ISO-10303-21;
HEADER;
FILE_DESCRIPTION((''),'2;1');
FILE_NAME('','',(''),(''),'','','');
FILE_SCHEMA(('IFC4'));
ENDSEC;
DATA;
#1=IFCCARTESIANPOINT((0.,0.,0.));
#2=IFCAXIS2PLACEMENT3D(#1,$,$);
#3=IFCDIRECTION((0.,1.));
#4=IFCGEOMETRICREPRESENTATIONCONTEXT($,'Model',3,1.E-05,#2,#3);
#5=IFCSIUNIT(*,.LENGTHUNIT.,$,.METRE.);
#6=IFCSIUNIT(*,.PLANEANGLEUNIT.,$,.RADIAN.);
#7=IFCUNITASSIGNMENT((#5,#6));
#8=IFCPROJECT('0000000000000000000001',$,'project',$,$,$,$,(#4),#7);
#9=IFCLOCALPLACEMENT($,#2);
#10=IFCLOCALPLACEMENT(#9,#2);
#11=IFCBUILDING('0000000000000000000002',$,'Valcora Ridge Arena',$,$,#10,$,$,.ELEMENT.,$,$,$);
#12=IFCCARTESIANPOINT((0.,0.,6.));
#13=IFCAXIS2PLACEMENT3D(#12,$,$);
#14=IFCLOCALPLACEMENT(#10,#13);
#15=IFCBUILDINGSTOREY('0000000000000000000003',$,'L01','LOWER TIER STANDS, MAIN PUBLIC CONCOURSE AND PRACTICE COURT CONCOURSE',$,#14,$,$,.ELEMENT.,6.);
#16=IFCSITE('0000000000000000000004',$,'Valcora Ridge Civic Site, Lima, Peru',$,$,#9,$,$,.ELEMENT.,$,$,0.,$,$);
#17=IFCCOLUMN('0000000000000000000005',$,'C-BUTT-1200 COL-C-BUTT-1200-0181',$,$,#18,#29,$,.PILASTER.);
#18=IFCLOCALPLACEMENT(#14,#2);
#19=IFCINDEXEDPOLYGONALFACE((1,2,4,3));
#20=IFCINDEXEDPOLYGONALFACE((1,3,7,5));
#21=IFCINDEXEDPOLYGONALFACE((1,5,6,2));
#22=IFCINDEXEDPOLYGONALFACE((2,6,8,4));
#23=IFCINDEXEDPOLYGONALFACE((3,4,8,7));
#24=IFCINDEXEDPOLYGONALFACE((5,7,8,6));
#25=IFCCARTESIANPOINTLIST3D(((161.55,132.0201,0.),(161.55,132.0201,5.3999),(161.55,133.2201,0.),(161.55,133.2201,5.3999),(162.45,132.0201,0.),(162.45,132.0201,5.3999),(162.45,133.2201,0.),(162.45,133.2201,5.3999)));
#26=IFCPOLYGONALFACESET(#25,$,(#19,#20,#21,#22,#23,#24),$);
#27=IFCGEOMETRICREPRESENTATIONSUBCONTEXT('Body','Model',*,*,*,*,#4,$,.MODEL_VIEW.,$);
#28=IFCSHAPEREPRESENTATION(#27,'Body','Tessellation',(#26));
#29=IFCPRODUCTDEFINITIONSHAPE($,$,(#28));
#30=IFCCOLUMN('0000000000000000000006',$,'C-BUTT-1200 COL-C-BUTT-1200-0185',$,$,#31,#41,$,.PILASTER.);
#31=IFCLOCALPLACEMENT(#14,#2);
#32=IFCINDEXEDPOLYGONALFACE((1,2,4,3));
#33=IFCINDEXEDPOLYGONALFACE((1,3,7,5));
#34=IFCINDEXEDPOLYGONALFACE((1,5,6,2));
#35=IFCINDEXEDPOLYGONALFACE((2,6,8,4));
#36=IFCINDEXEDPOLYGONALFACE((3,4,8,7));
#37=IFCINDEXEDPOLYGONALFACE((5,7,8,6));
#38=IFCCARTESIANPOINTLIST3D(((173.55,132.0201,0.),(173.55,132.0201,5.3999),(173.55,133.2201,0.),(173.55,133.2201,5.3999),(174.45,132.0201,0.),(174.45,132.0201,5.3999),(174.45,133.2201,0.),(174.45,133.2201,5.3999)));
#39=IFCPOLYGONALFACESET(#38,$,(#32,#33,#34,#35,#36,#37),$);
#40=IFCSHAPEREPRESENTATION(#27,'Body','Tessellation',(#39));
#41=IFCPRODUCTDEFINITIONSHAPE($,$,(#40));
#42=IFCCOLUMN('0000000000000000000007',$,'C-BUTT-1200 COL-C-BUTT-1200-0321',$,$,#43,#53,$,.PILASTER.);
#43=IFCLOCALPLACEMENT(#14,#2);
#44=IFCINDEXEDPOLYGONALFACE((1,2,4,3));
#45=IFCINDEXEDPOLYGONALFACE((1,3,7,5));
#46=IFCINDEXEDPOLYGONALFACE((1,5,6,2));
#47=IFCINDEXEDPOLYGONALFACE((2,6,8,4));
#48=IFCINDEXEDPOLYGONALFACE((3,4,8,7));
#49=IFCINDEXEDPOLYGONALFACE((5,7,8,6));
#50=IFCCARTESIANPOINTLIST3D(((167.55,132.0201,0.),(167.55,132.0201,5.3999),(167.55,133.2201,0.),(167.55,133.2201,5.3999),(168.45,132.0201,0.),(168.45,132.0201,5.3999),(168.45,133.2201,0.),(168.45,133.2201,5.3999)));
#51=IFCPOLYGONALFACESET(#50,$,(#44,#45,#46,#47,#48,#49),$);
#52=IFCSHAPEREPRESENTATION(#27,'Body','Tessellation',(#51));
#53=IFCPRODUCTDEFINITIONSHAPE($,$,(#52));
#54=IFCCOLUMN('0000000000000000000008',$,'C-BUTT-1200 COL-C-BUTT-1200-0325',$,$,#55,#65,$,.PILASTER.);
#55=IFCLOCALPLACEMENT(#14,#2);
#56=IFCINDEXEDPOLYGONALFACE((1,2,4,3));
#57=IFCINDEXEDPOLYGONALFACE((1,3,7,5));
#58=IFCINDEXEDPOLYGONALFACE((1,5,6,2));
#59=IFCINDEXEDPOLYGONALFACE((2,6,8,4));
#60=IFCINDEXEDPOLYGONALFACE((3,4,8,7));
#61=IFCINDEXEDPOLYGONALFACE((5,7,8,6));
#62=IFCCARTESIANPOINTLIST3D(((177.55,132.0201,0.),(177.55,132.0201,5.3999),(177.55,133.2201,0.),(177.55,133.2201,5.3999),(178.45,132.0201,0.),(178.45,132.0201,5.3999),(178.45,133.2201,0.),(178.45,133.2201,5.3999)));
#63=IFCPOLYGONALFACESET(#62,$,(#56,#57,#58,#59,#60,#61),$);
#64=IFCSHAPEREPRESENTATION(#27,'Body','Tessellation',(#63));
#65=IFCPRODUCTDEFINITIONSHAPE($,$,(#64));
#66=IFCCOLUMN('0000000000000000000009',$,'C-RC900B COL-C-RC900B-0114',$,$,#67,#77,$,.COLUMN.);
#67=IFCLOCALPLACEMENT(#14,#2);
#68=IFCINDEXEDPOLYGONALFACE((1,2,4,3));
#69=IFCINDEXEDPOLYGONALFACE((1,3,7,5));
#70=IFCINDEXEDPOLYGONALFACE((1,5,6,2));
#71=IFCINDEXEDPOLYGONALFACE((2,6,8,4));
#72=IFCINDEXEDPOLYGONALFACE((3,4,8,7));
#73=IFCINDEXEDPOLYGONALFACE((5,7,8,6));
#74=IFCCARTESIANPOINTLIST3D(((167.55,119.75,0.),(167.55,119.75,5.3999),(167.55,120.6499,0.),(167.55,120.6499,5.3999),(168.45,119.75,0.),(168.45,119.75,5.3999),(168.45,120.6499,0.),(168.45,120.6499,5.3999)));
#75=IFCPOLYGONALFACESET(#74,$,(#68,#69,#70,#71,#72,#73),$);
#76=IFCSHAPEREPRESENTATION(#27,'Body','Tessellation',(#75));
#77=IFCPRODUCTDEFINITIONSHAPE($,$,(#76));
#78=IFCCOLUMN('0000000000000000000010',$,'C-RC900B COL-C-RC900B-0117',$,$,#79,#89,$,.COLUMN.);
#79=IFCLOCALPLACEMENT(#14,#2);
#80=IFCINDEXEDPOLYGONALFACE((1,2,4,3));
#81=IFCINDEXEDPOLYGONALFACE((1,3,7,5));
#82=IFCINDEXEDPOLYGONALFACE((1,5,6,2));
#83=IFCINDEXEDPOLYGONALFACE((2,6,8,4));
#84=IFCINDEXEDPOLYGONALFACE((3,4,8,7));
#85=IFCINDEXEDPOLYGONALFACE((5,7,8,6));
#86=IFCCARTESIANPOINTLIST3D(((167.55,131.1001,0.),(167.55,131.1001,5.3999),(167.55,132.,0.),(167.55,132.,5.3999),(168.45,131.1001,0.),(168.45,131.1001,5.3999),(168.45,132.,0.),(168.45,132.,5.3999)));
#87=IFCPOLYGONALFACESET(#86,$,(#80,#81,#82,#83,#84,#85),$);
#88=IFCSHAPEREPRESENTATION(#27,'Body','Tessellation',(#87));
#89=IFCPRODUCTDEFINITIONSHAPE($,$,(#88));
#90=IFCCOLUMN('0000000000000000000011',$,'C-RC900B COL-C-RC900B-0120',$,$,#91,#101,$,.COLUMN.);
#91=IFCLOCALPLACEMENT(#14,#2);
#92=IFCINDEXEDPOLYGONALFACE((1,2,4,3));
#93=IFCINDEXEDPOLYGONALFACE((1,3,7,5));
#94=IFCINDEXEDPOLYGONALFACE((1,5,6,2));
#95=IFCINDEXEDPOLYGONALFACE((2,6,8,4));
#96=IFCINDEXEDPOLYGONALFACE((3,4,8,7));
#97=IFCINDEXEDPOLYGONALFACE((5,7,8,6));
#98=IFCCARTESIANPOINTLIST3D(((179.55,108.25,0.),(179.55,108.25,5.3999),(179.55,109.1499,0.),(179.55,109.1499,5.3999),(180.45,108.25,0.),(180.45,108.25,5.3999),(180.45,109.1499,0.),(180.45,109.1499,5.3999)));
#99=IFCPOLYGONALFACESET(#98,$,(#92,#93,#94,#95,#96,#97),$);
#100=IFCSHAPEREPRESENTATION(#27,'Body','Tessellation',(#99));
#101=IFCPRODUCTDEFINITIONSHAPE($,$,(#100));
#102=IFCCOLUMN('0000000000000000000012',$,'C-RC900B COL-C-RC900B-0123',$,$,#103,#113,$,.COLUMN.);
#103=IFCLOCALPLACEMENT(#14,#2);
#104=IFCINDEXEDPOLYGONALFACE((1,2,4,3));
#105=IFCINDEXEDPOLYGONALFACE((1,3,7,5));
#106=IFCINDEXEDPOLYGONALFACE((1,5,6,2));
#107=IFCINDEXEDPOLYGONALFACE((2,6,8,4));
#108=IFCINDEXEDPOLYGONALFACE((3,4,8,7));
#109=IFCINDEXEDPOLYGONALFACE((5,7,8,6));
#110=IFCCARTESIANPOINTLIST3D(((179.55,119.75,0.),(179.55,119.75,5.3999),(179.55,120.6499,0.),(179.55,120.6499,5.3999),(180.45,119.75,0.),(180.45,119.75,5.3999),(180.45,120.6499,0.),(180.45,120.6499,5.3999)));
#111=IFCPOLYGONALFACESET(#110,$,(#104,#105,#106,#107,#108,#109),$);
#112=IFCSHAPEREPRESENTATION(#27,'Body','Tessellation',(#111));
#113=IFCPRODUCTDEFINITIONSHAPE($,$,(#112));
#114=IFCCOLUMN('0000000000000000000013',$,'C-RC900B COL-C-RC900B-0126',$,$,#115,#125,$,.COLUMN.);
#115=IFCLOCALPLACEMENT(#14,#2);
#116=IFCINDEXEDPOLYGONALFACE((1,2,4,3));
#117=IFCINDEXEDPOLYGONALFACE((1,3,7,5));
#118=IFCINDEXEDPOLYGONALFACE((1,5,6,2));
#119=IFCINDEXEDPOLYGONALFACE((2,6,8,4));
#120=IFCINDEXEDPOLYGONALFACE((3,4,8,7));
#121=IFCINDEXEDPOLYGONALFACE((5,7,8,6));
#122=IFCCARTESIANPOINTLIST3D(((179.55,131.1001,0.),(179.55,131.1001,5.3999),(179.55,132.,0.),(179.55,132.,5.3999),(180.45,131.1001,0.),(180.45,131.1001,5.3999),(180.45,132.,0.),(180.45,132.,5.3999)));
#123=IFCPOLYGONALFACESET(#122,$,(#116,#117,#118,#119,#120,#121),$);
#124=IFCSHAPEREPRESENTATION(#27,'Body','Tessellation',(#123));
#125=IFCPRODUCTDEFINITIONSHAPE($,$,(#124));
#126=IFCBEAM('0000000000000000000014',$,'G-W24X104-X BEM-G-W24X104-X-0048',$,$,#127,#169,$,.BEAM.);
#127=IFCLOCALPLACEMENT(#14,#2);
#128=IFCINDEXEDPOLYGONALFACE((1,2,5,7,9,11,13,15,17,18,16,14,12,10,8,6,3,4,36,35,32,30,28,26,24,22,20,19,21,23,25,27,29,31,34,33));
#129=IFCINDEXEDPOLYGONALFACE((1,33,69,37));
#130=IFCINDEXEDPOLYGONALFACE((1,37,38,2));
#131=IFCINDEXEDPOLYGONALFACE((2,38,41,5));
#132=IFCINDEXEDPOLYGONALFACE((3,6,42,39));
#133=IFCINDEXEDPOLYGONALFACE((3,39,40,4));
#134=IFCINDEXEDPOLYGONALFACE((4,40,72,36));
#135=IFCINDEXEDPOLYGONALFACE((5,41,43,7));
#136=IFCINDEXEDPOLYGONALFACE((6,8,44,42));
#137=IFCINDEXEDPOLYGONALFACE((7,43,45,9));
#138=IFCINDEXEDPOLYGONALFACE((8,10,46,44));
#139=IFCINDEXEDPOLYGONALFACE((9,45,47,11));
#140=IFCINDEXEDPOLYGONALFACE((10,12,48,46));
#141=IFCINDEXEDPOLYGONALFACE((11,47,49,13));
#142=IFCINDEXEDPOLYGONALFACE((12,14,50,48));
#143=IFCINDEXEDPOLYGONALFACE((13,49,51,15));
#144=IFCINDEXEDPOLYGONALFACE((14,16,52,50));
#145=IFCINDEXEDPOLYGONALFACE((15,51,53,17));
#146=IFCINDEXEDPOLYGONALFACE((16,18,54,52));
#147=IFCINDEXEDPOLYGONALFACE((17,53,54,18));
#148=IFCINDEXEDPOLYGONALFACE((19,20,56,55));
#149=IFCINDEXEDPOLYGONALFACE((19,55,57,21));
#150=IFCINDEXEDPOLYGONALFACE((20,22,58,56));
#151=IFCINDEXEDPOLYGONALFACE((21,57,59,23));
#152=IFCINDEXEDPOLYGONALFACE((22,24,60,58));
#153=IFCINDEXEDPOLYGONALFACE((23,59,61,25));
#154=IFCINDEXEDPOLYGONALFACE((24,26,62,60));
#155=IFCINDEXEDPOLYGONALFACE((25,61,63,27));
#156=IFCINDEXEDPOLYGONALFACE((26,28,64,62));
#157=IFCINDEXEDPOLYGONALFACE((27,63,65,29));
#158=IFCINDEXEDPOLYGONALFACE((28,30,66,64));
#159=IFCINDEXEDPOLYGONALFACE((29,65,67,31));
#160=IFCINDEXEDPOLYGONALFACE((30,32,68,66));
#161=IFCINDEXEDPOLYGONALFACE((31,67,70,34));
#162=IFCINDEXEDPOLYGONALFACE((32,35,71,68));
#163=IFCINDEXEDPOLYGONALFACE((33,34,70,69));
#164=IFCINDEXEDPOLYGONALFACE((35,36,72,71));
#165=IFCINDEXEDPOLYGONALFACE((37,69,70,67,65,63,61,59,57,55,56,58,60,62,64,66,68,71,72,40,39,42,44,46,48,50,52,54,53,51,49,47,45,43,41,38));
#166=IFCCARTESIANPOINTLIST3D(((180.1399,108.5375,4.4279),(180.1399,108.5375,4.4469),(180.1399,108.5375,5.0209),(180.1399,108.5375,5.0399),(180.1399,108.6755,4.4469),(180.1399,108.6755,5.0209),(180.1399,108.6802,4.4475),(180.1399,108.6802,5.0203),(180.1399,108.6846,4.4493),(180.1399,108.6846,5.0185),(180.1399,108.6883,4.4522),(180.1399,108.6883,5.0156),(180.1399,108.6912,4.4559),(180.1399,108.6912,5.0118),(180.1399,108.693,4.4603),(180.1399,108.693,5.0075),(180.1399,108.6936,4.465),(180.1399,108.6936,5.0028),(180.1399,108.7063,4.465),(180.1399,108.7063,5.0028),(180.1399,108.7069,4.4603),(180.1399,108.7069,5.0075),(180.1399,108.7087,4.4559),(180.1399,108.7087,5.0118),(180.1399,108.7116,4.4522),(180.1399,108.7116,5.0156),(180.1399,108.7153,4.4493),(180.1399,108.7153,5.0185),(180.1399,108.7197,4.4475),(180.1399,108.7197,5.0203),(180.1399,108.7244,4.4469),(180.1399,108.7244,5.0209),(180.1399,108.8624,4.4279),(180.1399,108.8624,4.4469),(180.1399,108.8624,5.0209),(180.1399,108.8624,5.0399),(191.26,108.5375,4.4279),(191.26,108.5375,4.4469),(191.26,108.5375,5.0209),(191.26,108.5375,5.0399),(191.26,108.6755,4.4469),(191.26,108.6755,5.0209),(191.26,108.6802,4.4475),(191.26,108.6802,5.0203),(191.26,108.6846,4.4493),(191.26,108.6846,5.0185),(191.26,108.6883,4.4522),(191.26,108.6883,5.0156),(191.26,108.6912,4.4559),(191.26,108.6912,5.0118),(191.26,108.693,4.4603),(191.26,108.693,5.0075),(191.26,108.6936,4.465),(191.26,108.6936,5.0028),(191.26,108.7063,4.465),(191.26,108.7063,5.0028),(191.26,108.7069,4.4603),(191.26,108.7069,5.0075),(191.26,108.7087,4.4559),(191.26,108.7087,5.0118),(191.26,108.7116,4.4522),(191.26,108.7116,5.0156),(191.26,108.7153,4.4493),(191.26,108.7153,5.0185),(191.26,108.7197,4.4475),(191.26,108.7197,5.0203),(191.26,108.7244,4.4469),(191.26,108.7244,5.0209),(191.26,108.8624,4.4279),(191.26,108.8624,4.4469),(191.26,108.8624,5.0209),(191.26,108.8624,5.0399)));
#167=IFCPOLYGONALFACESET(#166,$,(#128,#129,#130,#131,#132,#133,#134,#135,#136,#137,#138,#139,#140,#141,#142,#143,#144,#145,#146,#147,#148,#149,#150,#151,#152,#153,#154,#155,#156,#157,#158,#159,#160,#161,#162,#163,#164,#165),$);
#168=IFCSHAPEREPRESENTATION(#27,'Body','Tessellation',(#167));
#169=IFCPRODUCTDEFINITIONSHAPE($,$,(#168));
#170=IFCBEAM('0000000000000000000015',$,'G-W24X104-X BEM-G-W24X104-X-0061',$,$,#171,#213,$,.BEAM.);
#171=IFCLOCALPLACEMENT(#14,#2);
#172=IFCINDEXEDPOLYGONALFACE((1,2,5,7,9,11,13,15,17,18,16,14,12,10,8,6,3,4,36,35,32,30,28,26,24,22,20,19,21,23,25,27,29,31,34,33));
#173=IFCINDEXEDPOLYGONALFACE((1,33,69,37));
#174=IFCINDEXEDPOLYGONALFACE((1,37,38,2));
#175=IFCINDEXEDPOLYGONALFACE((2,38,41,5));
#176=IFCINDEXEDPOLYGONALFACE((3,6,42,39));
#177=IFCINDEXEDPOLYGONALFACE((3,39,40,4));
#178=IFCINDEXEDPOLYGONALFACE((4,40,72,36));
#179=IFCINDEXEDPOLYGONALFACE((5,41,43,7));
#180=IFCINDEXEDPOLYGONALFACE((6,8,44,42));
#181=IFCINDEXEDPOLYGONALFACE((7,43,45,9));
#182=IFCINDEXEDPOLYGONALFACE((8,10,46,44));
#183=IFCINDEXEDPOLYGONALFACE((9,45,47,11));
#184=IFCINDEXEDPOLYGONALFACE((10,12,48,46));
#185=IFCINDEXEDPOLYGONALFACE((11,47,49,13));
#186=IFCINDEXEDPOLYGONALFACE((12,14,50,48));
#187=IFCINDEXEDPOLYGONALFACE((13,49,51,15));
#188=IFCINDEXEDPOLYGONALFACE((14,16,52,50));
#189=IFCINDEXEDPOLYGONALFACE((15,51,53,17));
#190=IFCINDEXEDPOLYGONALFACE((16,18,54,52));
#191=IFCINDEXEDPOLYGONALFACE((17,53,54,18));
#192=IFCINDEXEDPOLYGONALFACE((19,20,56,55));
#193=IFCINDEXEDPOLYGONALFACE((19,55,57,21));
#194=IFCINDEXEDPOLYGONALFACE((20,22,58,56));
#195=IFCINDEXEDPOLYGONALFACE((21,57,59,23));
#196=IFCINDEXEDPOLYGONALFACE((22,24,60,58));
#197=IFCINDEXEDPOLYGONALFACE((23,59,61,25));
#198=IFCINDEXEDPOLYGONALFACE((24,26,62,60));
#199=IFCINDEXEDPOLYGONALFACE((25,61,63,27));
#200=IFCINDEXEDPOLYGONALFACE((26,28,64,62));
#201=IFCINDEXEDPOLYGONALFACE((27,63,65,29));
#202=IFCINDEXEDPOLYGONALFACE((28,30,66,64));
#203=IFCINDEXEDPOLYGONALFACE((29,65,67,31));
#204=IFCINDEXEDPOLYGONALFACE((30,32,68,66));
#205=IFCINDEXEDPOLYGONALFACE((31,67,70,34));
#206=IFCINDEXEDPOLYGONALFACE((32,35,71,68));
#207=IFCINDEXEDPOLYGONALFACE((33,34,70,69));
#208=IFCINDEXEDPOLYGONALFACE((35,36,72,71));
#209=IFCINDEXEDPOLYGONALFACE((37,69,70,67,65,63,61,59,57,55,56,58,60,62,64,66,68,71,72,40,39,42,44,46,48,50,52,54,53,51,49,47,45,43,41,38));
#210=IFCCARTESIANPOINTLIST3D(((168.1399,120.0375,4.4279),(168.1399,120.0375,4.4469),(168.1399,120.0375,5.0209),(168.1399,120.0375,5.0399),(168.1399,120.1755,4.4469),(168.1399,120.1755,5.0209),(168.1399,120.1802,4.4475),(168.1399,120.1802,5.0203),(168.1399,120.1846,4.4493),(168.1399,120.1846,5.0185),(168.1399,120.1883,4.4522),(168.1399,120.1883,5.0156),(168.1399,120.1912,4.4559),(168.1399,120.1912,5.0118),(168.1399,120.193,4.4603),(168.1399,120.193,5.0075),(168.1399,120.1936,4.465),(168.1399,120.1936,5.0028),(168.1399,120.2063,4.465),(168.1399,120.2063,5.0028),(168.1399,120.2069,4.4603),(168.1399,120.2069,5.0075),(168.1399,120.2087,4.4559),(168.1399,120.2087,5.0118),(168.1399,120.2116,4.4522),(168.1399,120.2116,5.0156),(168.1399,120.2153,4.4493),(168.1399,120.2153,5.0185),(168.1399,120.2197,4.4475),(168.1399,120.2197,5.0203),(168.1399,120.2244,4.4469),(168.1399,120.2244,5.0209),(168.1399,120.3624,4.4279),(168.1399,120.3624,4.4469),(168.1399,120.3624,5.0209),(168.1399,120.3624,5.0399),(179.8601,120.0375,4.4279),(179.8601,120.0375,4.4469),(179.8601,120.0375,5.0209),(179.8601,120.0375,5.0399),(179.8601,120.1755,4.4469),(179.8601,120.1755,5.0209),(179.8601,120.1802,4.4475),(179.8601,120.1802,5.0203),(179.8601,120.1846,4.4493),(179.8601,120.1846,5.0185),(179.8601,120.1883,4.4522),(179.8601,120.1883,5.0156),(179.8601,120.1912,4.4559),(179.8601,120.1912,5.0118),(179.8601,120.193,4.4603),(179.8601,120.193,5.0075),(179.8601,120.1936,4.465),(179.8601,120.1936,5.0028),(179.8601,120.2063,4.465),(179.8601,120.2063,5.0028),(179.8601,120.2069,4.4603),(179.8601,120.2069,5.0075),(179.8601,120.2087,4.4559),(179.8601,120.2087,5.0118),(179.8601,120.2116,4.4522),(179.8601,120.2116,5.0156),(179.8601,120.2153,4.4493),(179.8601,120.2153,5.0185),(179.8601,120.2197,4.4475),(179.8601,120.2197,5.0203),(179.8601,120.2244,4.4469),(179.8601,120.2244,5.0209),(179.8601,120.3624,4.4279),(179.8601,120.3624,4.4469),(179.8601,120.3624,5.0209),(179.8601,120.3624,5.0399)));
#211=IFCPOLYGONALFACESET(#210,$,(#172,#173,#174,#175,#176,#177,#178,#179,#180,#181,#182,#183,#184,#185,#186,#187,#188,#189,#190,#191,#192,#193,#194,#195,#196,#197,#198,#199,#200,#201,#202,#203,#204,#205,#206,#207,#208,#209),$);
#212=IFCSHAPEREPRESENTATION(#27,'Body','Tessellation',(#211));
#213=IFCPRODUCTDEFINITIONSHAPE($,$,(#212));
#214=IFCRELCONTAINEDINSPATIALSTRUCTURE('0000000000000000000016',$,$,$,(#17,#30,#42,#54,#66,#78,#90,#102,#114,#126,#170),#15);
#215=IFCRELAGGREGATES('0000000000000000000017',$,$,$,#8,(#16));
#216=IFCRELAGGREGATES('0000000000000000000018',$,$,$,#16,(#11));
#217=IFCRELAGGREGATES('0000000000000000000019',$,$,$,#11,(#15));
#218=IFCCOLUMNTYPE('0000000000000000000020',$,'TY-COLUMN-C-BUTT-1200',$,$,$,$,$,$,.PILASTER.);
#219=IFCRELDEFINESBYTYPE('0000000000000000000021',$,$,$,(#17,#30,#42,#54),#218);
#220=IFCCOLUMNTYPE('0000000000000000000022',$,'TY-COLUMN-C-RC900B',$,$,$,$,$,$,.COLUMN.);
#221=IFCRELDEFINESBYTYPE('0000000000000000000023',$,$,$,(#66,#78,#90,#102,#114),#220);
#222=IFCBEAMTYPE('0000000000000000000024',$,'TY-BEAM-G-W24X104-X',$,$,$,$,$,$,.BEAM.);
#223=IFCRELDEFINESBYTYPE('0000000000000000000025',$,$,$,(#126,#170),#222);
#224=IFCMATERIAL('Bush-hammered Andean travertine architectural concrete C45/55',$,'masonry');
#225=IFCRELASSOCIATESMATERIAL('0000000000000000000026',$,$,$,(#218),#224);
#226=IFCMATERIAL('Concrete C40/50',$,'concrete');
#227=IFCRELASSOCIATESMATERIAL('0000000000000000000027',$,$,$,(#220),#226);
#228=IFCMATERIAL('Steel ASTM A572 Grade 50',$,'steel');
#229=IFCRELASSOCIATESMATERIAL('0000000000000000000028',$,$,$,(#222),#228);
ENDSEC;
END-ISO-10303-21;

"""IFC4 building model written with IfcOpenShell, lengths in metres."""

from ifc_helpers import new_model, si_unit, direction, frame, origin, origin_2d, place, context, subcontext, project, spatial, rectangle, i_section, extrude, material, material_profile, profile_set, type_object, element, save


model = new_model("IFC4")

# Units and contexts
model_context = context("Model", 3, precision=1e-05, world=origin(), true_north=direction((0.0, 1.0)))
body_context = subcontext(model_context, "Body", "Model", "MODEL_VIEW")
ifc_project = project(units=[si_unit("LENGTHUNIT", "METRE"), si_unit("PLANEANGLEUNIT", "RADIAN")], contexts=[model_context])

# Site, building, storey
site_placement = place(None, origin())
site = spatial("IfcSite", under=ifc_project, at=site_placement, Name="Valcora Ridge Civic Site, Lima, Peru", CompositionType="ELEMENT", RefElevation=0.0)
building_placement = place(site_placement, origin())
building = spatial("IfcBuilding", under=site, at=building_placement, Name="Valcora Ridge Arena", CompositionType="ELEMENT")
storey_placement = place(building_placement, frame((0.0, 0.0, 6.0)))
storey = spatial("IfcBuildingStorey", under=building, at=storey_placement, Name="L01", Description="LOWER TIER STANDS, MAIN PUBLIC CONCOURSE AND PRACTICE COURT CONCOURSE", CompositionType="ELEMENT", Elevation=6.0)

# Columns
ifc_material_1 = material(Name="Bush-hammered Andean travertine architectural concrete C45/55", Category="masonry")
ifc_material_profile_1 = material_profile(ifc_material_1, rectangle(XDim=0.8999, YDim=1.2, at=origin_2d()), Name="RC 900x1200")
ifc_profile_set_1 = profile_set([ifc_material_profile_1], Name="Bush-hammered Andean travertine architectural concrete C45/55")
column_type_1 = type_object("IfcColumnType", Name="TY-COLUMN-C-BUTT-1200", PredefinedType="PILASTER", material=ifc_profile_set_1)
for number, where, z_axis, x_axis, name in (
    (1, (162.0, 132.6201, 0.0), (0.0, 0.0, 1.0), (1.0, 0.0, 0.0), "C-BUTT-1200 COL-C-BUTT-1200-0181"),
    (2, (174.0, 132.6201, 0.0), (0.0, 0.0, 1.0), (1.0, 0.0, 0.0), "C-BUTT-1200 COL-C-BUTT-1200-0185"),
    (3, (168.0, 132.6201, 0.0), (0.0, 0.0, 1.0), (1.0, 0.0, 0.0), "C-BUTT-1200 COL-C-BUTT-1200-0321"),
    (4, (178.0, 132.6201, 0.0), (0.0, 0.0, 1.0), (1.0, 0.0, 0.0), "C-BUTT-1200 COL-C-BUTT-1200-0325"),
):
    element("IfcColumn", number, at=place(storey_placement, frame(where, z_axis=z_axis, x_axis=x_axis)), inside=storey, type_object=column_type_1, Name=name, PredefinedType="PILASTER", context=body_context, shape_type="SweptSolid", body=[
        extrude(rectangle(XDim=0.8999, YDim=1.2, at=origin_2d()), origin(), (0.0, 0.0, 1.0), 5.3999),
    ])
ifc_material_2 = material(Name="Concrete C40/50", Category="concrete")
ifc_material_profile_2 = material_profile(ifc_material_2, rectangle(XDim=0.8999, YDim=0.8999, at=origin_2d()), Name="RC 900x900")
ifc_profile_set_2 = profile_set([ifc_material_profile_2], Name="Concrete C40/50")
column_type_2 = type_object("IfcColumnType", Name="TY-COLUMN-C-RC900B", PredefinedType="COLUMN", material=ifc_profile_set_2)
for number, where, z_axis, x_axis, name in (
    (5, (168.0, 120.2, 0.0), (0.0, 0.0, 1.0), (1.0, 0.0, 0.0), "C-RC900B COL-C-RC900B-0114"),
    (6, (168.0, 131.55, 0.0), (0.0, 0.0, 1.0), (1.0, 0.0, 0.0), "C-RC900B COL-C-RC900B-0117"),
    (7, (180.0, 108.7, 0.0), (0.0, 0.0, 1.0), (1.0, 0.0, 0.0), "C-RC900B COL-C-RC900B-0120"),
    (8, (180.0, 120.2, 0.0), (0.0, 0.0, 1.0), (1.0, 0.0, 0.0), "C-RC900B COL-C-RC900B-0123"),
    (9, (180.0, 131.55, 0.0), (0.0, 0.0, 1.0), (1.0, 0.0, 0.0), "C-RC900B COL-C-RC900B-0126"),
):
    element("IfcColumn", number, at=place(storey_placement, frame(where, z_axis=z_axis, x_axis=x_axis)), inside=storey, type_object=column_type_2, Name=name, PredefinedType="COLUMN", context=body_context, shape_type="SweptSolid", body=[
        extrude(rectangle(XDim=0.8999, YDim=0.8999, at=origin_2d()), origin(), (0.0, 0.0, 1.0), 5.3999),
    ])

# Beams
ifc_material_3 = material(Name="Steel ASTM A572 Grade 50", Category="steel")
ifc_material_profile_3 = material_profile(ifc_material_3, i_section(OverallWidth=0.325, OverallDepth=0.6121, WebThickness=0.0127, FlangeThickness=0.019, FilletRadius=0.0181, at=origin_2d()), Name="W24X104")
ifc_profile_set_3 = profile_set([ifc_material_profile_3], Name="Steel ASTM A572 Grade 50")
beam_type_1 = type_object("IfcBeamType", Name="TY-BEAM-G-W24X104-X", PredefinedType="BEAM", material=ifc_profile_set_3)
beam_1_placement = place(storey_placement, frame((180.1399, 108.7, 4.7339), z_axis=(1.0, 0.0, 0.0), x_axis=(0.0, 1.0, 0.0)))
element("IfcBeam", 10, at=beam_1_placement, inside=storey, type_object=beam_type_1, Name="G-W24X104-X BEM-G-W24X104-X-0048", PredefinedType="BEAM", context=body_context, shape_type="SweptSolid", body=[
    extrude(i_section(OverallWidth=0.325, OverallDepth=0.6121, WebThickness=0.0127, FlangeThickness=0.019, FilletRadius=0.0181, at=origin_2d()), origin(), (0.0, 0.0, 1.0), 11.1201),
])
beam_2_placement = place(storey_placement, frame((168.1399, 120.2, 4.7339), z_axis=(1.0, 0.0, 0.0), x_axis=(0.0, 1.0, 0.0)))
element("IfcBeam", 11, at=beam_2_placement, inside=storey, type_object=beam_type_1, Name="G-W24X104-X BEM-G-W24X104-X-0061", PredefinedType="BEAM", context=body_context, shape_type="SweptSolid", body=[
    extrude(i_section(OverallWidth=0.325, OverallDepth=0.6121, WebThickness=0.0127, FlangeThickness=0.019, FilletRadius=0.0181, at=origin_2d()), origin(), (0.0, 0.0, 1.0), 11.7202),
])

save(model, "model.ifc")
